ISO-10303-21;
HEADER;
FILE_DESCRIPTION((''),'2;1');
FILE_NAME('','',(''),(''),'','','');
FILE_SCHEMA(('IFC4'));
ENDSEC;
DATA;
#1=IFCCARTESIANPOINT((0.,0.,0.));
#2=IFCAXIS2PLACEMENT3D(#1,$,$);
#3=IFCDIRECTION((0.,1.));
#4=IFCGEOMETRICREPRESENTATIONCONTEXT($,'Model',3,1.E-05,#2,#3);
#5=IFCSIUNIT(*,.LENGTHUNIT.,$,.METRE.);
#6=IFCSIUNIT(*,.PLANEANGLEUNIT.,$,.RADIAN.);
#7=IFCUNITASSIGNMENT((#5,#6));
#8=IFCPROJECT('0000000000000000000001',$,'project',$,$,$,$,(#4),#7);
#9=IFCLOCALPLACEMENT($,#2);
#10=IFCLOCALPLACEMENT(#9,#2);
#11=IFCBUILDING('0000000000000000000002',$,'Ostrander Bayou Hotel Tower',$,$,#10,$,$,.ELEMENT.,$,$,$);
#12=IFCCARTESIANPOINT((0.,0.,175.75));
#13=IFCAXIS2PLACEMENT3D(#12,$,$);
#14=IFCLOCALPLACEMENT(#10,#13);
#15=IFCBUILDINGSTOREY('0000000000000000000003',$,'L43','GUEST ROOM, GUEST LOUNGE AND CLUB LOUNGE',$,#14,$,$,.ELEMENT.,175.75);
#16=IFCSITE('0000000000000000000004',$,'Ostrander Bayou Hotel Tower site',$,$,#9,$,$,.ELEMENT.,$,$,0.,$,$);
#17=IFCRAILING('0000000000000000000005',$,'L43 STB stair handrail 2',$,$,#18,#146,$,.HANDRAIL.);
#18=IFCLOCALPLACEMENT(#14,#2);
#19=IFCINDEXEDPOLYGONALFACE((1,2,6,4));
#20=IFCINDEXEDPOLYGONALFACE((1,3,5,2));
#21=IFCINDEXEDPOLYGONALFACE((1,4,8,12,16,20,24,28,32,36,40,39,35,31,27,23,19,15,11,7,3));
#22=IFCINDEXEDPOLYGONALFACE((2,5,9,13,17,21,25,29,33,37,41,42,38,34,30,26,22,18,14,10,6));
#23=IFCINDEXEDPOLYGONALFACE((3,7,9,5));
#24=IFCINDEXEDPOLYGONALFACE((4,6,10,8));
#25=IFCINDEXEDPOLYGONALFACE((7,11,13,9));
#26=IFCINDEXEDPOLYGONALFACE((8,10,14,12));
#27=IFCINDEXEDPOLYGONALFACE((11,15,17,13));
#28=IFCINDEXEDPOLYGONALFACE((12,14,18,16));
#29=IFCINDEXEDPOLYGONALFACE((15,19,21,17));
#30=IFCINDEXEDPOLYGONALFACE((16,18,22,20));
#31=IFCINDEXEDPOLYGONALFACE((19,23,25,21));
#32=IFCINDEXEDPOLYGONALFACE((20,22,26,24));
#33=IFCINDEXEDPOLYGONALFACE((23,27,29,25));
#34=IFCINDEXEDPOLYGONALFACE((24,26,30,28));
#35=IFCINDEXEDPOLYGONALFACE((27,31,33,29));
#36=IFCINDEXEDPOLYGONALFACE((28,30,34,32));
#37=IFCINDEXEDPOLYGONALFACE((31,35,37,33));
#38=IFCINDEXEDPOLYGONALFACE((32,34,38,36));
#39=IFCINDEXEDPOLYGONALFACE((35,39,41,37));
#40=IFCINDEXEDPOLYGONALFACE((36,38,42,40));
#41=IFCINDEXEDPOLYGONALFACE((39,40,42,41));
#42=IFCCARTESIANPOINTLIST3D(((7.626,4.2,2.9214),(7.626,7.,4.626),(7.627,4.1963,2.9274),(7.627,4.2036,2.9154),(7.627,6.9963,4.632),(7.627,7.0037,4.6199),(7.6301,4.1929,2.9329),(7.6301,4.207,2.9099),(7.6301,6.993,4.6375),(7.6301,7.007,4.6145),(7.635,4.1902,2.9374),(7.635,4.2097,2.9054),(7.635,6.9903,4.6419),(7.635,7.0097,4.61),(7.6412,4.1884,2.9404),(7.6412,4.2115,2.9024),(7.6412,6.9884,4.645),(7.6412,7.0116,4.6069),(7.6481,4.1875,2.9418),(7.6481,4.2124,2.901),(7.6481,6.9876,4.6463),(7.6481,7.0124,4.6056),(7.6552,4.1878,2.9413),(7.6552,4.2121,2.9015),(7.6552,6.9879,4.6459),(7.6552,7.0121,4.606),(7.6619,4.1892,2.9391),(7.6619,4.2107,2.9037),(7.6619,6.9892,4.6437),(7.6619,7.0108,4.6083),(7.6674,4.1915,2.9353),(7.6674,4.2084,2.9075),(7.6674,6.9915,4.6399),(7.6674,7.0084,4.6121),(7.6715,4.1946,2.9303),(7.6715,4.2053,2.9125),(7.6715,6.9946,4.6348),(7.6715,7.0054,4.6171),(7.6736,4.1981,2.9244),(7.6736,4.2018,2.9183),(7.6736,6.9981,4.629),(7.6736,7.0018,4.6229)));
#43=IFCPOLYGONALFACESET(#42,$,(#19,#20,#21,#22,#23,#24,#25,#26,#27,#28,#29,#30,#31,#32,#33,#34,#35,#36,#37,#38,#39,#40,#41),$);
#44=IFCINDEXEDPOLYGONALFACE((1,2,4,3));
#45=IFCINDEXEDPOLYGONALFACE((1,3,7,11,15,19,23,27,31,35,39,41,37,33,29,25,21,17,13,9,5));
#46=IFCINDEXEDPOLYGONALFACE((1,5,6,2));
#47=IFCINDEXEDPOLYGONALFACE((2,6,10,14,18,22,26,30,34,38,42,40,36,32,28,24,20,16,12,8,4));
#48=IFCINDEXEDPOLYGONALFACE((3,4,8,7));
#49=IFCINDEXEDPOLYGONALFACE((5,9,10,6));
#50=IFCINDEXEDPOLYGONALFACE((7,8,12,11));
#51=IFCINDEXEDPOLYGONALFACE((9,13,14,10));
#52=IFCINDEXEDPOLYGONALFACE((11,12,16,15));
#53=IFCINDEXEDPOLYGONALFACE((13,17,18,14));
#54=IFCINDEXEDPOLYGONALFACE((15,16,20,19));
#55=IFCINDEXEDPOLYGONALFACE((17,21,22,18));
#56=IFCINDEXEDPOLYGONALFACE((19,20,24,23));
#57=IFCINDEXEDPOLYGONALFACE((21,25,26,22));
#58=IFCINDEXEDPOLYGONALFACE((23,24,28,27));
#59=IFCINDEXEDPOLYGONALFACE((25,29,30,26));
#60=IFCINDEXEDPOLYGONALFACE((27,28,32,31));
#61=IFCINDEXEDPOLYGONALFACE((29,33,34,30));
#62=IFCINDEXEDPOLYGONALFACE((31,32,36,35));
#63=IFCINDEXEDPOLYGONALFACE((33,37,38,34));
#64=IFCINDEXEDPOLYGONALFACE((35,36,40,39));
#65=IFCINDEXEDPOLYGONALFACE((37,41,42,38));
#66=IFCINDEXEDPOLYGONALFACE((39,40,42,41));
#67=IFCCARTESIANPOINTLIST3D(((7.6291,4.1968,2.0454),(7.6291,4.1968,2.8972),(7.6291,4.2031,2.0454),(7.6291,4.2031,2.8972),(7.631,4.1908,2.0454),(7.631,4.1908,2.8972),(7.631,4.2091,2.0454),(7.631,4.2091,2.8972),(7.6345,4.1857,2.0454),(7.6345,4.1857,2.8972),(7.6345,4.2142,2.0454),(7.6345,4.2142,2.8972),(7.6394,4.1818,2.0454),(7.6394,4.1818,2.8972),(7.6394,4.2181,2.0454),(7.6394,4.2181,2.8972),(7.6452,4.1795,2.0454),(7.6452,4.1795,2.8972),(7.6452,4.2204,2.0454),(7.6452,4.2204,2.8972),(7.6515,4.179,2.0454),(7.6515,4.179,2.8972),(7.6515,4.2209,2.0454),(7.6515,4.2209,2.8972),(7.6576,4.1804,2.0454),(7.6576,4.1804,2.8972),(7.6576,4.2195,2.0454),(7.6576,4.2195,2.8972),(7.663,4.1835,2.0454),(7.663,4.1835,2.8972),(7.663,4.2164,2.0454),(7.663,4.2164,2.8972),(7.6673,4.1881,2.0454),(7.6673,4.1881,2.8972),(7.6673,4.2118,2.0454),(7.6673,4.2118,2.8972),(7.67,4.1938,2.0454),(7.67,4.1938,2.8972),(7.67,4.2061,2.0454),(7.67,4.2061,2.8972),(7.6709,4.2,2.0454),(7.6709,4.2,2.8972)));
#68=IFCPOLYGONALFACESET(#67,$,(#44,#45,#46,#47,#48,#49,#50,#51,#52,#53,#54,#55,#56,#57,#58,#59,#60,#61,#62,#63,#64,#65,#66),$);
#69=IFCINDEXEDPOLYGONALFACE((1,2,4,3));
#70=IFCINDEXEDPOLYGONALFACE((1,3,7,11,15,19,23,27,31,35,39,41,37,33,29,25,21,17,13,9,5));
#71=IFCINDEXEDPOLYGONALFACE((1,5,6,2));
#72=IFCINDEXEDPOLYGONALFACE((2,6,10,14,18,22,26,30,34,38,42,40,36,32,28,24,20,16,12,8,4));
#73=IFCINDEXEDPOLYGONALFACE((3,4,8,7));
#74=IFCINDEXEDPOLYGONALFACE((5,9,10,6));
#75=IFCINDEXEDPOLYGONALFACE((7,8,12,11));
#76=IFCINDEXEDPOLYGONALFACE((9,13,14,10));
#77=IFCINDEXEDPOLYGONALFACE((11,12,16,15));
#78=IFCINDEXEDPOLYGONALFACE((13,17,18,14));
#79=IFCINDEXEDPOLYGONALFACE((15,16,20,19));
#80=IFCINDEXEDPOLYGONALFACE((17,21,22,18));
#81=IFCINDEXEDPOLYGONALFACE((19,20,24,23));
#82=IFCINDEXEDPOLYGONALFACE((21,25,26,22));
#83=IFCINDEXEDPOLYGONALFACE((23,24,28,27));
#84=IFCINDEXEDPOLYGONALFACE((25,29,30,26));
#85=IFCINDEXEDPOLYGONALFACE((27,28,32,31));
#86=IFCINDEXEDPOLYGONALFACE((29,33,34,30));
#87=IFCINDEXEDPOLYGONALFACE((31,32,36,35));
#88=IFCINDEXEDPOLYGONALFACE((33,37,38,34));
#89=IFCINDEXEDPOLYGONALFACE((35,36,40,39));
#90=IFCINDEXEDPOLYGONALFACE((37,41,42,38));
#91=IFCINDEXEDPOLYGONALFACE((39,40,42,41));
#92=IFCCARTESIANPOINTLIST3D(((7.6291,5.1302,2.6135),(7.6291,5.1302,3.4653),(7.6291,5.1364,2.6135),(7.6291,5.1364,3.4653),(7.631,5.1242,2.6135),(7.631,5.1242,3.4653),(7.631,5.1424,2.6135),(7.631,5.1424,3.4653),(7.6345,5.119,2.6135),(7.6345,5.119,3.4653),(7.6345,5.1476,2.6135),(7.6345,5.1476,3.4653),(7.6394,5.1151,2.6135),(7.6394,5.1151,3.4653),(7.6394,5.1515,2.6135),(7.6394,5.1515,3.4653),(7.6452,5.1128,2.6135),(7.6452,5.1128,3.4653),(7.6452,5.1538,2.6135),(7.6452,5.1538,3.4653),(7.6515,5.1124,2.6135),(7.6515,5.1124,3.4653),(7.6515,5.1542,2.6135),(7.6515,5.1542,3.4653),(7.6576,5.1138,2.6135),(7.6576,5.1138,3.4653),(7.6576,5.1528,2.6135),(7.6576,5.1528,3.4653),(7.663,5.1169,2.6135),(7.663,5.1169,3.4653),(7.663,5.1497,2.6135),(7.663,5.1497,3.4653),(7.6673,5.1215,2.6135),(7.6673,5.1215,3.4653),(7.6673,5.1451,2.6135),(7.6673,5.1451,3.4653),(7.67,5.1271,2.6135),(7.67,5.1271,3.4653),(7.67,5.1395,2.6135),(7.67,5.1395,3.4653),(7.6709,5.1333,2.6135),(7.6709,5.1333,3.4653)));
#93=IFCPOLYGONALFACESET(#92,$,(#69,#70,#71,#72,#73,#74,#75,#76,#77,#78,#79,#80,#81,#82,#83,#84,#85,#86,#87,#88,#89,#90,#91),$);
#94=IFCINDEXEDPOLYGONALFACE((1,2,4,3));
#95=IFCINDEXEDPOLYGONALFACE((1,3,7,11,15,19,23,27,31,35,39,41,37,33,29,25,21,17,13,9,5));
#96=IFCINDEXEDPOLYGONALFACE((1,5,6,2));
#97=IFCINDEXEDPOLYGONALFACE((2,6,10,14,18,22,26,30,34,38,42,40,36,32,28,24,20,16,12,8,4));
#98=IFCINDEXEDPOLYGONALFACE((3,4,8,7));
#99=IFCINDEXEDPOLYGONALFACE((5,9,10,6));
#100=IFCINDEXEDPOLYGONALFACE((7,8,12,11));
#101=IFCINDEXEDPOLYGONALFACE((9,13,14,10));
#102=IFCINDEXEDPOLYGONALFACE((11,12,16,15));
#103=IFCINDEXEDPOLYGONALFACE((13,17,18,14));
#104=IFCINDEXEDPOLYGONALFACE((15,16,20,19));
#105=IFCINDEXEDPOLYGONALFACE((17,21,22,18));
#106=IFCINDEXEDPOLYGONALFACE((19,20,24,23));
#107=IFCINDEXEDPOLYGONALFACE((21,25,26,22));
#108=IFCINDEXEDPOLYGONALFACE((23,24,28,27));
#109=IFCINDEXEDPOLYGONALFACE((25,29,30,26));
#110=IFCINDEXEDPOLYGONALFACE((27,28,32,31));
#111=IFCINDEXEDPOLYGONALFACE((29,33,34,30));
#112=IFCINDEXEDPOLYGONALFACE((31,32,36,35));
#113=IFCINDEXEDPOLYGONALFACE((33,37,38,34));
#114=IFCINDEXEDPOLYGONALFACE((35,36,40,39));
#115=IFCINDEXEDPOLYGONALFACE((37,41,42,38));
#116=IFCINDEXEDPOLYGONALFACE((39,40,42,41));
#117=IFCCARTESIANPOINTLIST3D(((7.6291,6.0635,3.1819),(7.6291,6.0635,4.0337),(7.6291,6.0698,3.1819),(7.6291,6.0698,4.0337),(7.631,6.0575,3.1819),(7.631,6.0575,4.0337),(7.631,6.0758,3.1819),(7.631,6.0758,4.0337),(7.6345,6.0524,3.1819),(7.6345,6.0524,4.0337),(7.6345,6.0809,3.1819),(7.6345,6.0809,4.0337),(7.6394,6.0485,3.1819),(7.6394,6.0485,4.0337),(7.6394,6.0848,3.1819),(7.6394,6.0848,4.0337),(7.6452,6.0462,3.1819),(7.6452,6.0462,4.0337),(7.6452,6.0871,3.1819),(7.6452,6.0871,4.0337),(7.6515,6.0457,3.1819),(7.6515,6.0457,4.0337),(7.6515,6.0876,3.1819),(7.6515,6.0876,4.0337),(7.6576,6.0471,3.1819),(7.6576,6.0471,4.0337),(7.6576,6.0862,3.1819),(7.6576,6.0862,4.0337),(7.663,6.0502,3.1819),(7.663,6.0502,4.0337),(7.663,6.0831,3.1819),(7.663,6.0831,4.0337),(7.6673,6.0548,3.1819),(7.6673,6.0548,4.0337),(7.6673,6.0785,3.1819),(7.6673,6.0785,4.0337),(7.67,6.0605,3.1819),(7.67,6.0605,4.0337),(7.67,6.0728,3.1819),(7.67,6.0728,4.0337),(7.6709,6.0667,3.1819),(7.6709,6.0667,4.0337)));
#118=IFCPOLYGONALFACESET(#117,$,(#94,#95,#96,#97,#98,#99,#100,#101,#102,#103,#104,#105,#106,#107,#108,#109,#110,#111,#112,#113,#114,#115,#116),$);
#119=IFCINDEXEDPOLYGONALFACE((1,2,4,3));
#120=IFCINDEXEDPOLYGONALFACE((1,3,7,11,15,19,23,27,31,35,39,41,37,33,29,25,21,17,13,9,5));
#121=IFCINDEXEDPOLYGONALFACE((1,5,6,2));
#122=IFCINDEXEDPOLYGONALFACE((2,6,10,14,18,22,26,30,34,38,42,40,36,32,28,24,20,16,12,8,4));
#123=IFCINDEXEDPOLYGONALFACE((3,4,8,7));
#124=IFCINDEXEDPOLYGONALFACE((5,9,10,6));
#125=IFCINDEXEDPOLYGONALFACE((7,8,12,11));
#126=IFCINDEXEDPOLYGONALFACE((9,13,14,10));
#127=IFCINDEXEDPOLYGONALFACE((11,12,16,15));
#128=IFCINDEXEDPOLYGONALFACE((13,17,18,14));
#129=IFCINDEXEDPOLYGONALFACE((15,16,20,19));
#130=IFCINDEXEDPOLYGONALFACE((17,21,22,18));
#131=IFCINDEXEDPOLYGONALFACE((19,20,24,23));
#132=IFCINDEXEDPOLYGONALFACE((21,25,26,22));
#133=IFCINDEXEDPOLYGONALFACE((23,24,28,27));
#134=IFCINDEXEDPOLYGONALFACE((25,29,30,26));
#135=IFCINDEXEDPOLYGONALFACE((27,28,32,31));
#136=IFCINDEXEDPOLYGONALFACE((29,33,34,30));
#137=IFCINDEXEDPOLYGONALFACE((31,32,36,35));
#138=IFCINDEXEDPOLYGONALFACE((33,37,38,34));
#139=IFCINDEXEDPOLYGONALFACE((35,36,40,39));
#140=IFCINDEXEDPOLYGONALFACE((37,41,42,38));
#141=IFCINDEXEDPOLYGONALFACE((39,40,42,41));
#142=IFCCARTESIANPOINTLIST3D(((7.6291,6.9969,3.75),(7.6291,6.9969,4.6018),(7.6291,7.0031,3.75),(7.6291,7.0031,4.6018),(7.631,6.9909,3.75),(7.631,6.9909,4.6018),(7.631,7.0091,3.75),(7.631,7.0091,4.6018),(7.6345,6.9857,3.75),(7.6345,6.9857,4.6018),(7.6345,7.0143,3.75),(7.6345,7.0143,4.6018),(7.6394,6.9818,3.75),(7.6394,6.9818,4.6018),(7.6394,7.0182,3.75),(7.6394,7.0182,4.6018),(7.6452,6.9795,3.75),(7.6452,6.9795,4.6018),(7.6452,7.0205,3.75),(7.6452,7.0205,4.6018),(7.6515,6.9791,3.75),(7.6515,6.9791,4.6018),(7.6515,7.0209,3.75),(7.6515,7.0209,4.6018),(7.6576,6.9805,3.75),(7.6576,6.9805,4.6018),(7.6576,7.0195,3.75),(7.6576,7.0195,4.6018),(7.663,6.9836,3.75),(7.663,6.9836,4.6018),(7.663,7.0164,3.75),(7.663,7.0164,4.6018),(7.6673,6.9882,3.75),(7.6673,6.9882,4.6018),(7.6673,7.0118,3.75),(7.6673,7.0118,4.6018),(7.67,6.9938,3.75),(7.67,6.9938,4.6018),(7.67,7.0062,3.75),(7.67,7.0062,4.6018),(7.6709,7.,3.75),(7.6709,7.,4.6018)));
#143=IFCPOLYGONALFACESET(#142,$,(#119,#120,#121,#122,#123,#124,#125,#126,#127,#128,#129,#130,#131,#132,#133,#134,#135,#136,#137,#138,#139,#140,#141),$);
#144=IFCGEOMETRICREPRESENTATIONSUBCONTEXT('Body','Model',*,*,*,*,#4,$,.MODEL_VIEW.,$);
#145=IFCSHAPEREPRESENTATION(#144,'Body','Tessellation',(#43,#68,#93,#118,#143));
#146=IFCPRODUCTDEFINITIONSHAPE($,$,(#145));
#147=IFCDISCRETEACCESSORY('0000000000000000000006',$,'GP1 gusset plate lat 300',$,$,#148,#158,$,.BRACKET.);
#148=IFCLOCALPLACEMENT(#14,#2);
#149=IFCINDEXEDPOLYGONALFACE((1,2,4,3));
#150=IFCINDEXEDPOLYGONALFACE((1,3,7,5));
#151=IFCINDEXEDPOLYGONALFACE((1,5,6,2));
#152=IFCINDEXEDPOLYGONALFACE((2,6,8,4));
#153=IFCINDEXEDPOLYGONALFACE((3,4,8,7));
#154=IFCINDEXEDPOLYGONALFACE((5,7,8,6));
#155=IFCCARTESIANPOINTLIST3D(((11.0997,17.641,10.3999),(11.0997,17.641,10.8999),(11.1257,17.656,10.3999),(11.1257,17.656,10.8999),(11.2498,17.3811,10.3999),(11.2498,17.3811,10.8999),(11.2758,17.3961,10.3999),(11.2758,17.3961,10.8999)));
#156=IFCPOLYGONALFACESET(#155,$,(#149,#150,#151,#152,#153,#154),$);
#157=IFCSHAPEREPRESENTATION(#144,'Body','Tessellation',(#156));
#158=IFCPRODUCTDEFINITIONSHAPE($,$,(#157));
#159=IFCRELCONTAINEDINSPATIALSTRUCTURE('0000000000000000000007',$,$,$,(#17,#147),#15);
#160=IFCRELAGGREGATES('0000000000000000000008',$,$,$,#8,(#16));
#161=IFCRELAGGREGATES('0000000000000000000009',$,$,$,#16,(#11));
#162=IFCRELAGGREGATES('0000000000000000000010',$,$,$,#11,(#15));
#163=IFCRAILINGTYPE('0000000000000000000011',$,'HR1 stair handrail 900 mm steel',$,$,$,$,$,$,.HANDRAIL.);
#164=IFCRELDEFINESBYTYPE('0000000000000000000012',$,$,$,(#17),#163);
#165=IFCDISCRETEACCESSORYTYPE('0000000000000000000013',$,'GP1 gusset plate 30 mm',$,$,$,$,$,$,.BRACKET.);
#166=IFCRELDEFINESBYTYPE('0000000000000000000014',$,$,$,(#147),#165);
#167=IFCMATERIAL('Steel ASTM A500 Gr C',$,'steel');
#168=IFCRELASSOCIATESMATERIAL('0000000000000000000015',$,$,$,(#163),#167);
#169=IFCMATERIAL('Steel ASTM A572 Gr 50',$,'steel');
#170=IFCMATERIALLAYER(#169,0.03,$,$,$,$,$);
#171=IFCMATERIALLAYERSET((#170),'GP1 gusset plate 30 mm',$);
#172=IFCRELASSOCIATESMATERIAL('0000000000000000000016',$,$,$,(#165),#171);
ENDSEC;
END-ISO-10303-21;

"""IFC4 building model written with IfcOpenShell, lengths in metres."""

from ifc_helpers import new_model, si_unit, direction, frame, origin, origin_2d, place, context, subcontext, project, spatial, rectangle, circle, extrude, material, layer, layer_set, type_object, element, save


model = new_model("IFC4")

# Units and contexts
model_context = context("Model", 3, precision=1e-05, world=origin(), true_north=direction((0.0, 1.0)))
body_context = subcontext(model_context, "Body", "Model", "MODEL_VIEW")
ifc_project = project(units=[si_unit("LENGTHUNIT", "METRE"), si_unit("PLANEANGLEUNIT", "RADIAN")], contexts=[model_context])

# Site, building, storey
site_placement = place(None, origin())
site = spatial("IfcSite", under=ifc_project, at=site_placement, Name="Ostrander Bayou Hotel Tower site", CompositionType="ELEMENT", RefElevation=0.0)
building_placement = place(site_placement, origin())
building = spatial("IfcBuilding", under=site, at=building_placement, Name="Ostrander Bayou Hotel Tower", CompositionType="ELEMENT")
storey_placement = place(building_placement, frame((0.0, 0.0, 175.75)))
storey = spatial("IfcBuildingStorey", under=building, at=storey_placement, Name="L43", Description="GUEST ROOM, GUEST LOUNGE AND CLUB LOUNGE", CompositionType="ELEMENT", Elevation=175.75)

# Railing
ifc_material_1 = material(Name="Steel ASTM A500 Gr C", Category="steel")
railing_type_1 = type_object("IfcRailingType", Name="HR1 stair handrail 900 mm steel", PredefinedType="HANDRAIL", material=ifc_material_1)
railing_1_placement = place(storey_placement, frame((7.6499, 4.2, 2.0454)))
element("IfcRailing", 1, at=railing_1_placement, inside=storey, type_object=railing_type_1, Name="L43 STB stair handrail 2", PredefinedType="HANDRAIL", context=body_context, shape_type="SweptSolid", body=[
    extrude(circle(Radius=0.0239, at=origin_2d()), frame((0.0, 0.0, 0.876), z_axis=(0.0, 0.85417, 0.519994), x_axis=(-1.0, 0.0, 0.0)), (0.0, 0.0, 1.0), 3.2781),
    extrude(circle(Radius=0.021, at=origin_2d()), origin(), (0.0, 0.0, 1.0), 0.8518),
    extrude(circle(Radius=0.021, at=origin_2d()), frame((0.0, 0.9333, 0.5681)), (0.0, 0.0, 1.0), 0.8518),
    extrude(circle(Radius=0.021, at=origin_2d()), frame((0.0, 1.8667, 1.1365)), (0.0, 0.0, 1.0), 0.8518),
    extrude(circle(Radius=0.021, at=origin_2d()), frame((0.0, 2.8, 1.7046)), (0.0, 0.0, 1.0), 0.8518),
])

# Discrete accessory
ifc_material_2 = material(Name="Steel ASTM A572 Gr 50", Category="steel")
ifc_layer_1 = layer(ifc_material_2, 0.03)
ifc_layer_set_1 = layer_set([ifc_layer_1], Name="GP1 gusset plate 30 mm")
discrete_accessory_type = type_object("IfcDiscreteAccessoryType", Name="GP1 gusset plate 30 mm", PredefinedType="BRACKET", material=ifc_layer_set_1)
discrete_accessory_placement = place(storey_placement, frame((11.1877, 17.5186, 10.3999), z_axis=(0.0, 0.0, 1.0), x_axis=(-0.5, 0.866025, 0.0)))
element("IfcDiscreteAccessory", 2, at=discrete_accessory_placement, inside=storey, type_object=discrete_accessory_type, Name="GP1 gusset plate lat 300", PredefinedType="BRACKET", context=body_context, shape_type="SweptSolid", body=[
    extrude(rectangle(XDim=0.3, YDim=0.03, at=origin_2d()), origin(), (0.0, 0.0, 1.0), 0.5),
])

save(model, "model.ifc")
